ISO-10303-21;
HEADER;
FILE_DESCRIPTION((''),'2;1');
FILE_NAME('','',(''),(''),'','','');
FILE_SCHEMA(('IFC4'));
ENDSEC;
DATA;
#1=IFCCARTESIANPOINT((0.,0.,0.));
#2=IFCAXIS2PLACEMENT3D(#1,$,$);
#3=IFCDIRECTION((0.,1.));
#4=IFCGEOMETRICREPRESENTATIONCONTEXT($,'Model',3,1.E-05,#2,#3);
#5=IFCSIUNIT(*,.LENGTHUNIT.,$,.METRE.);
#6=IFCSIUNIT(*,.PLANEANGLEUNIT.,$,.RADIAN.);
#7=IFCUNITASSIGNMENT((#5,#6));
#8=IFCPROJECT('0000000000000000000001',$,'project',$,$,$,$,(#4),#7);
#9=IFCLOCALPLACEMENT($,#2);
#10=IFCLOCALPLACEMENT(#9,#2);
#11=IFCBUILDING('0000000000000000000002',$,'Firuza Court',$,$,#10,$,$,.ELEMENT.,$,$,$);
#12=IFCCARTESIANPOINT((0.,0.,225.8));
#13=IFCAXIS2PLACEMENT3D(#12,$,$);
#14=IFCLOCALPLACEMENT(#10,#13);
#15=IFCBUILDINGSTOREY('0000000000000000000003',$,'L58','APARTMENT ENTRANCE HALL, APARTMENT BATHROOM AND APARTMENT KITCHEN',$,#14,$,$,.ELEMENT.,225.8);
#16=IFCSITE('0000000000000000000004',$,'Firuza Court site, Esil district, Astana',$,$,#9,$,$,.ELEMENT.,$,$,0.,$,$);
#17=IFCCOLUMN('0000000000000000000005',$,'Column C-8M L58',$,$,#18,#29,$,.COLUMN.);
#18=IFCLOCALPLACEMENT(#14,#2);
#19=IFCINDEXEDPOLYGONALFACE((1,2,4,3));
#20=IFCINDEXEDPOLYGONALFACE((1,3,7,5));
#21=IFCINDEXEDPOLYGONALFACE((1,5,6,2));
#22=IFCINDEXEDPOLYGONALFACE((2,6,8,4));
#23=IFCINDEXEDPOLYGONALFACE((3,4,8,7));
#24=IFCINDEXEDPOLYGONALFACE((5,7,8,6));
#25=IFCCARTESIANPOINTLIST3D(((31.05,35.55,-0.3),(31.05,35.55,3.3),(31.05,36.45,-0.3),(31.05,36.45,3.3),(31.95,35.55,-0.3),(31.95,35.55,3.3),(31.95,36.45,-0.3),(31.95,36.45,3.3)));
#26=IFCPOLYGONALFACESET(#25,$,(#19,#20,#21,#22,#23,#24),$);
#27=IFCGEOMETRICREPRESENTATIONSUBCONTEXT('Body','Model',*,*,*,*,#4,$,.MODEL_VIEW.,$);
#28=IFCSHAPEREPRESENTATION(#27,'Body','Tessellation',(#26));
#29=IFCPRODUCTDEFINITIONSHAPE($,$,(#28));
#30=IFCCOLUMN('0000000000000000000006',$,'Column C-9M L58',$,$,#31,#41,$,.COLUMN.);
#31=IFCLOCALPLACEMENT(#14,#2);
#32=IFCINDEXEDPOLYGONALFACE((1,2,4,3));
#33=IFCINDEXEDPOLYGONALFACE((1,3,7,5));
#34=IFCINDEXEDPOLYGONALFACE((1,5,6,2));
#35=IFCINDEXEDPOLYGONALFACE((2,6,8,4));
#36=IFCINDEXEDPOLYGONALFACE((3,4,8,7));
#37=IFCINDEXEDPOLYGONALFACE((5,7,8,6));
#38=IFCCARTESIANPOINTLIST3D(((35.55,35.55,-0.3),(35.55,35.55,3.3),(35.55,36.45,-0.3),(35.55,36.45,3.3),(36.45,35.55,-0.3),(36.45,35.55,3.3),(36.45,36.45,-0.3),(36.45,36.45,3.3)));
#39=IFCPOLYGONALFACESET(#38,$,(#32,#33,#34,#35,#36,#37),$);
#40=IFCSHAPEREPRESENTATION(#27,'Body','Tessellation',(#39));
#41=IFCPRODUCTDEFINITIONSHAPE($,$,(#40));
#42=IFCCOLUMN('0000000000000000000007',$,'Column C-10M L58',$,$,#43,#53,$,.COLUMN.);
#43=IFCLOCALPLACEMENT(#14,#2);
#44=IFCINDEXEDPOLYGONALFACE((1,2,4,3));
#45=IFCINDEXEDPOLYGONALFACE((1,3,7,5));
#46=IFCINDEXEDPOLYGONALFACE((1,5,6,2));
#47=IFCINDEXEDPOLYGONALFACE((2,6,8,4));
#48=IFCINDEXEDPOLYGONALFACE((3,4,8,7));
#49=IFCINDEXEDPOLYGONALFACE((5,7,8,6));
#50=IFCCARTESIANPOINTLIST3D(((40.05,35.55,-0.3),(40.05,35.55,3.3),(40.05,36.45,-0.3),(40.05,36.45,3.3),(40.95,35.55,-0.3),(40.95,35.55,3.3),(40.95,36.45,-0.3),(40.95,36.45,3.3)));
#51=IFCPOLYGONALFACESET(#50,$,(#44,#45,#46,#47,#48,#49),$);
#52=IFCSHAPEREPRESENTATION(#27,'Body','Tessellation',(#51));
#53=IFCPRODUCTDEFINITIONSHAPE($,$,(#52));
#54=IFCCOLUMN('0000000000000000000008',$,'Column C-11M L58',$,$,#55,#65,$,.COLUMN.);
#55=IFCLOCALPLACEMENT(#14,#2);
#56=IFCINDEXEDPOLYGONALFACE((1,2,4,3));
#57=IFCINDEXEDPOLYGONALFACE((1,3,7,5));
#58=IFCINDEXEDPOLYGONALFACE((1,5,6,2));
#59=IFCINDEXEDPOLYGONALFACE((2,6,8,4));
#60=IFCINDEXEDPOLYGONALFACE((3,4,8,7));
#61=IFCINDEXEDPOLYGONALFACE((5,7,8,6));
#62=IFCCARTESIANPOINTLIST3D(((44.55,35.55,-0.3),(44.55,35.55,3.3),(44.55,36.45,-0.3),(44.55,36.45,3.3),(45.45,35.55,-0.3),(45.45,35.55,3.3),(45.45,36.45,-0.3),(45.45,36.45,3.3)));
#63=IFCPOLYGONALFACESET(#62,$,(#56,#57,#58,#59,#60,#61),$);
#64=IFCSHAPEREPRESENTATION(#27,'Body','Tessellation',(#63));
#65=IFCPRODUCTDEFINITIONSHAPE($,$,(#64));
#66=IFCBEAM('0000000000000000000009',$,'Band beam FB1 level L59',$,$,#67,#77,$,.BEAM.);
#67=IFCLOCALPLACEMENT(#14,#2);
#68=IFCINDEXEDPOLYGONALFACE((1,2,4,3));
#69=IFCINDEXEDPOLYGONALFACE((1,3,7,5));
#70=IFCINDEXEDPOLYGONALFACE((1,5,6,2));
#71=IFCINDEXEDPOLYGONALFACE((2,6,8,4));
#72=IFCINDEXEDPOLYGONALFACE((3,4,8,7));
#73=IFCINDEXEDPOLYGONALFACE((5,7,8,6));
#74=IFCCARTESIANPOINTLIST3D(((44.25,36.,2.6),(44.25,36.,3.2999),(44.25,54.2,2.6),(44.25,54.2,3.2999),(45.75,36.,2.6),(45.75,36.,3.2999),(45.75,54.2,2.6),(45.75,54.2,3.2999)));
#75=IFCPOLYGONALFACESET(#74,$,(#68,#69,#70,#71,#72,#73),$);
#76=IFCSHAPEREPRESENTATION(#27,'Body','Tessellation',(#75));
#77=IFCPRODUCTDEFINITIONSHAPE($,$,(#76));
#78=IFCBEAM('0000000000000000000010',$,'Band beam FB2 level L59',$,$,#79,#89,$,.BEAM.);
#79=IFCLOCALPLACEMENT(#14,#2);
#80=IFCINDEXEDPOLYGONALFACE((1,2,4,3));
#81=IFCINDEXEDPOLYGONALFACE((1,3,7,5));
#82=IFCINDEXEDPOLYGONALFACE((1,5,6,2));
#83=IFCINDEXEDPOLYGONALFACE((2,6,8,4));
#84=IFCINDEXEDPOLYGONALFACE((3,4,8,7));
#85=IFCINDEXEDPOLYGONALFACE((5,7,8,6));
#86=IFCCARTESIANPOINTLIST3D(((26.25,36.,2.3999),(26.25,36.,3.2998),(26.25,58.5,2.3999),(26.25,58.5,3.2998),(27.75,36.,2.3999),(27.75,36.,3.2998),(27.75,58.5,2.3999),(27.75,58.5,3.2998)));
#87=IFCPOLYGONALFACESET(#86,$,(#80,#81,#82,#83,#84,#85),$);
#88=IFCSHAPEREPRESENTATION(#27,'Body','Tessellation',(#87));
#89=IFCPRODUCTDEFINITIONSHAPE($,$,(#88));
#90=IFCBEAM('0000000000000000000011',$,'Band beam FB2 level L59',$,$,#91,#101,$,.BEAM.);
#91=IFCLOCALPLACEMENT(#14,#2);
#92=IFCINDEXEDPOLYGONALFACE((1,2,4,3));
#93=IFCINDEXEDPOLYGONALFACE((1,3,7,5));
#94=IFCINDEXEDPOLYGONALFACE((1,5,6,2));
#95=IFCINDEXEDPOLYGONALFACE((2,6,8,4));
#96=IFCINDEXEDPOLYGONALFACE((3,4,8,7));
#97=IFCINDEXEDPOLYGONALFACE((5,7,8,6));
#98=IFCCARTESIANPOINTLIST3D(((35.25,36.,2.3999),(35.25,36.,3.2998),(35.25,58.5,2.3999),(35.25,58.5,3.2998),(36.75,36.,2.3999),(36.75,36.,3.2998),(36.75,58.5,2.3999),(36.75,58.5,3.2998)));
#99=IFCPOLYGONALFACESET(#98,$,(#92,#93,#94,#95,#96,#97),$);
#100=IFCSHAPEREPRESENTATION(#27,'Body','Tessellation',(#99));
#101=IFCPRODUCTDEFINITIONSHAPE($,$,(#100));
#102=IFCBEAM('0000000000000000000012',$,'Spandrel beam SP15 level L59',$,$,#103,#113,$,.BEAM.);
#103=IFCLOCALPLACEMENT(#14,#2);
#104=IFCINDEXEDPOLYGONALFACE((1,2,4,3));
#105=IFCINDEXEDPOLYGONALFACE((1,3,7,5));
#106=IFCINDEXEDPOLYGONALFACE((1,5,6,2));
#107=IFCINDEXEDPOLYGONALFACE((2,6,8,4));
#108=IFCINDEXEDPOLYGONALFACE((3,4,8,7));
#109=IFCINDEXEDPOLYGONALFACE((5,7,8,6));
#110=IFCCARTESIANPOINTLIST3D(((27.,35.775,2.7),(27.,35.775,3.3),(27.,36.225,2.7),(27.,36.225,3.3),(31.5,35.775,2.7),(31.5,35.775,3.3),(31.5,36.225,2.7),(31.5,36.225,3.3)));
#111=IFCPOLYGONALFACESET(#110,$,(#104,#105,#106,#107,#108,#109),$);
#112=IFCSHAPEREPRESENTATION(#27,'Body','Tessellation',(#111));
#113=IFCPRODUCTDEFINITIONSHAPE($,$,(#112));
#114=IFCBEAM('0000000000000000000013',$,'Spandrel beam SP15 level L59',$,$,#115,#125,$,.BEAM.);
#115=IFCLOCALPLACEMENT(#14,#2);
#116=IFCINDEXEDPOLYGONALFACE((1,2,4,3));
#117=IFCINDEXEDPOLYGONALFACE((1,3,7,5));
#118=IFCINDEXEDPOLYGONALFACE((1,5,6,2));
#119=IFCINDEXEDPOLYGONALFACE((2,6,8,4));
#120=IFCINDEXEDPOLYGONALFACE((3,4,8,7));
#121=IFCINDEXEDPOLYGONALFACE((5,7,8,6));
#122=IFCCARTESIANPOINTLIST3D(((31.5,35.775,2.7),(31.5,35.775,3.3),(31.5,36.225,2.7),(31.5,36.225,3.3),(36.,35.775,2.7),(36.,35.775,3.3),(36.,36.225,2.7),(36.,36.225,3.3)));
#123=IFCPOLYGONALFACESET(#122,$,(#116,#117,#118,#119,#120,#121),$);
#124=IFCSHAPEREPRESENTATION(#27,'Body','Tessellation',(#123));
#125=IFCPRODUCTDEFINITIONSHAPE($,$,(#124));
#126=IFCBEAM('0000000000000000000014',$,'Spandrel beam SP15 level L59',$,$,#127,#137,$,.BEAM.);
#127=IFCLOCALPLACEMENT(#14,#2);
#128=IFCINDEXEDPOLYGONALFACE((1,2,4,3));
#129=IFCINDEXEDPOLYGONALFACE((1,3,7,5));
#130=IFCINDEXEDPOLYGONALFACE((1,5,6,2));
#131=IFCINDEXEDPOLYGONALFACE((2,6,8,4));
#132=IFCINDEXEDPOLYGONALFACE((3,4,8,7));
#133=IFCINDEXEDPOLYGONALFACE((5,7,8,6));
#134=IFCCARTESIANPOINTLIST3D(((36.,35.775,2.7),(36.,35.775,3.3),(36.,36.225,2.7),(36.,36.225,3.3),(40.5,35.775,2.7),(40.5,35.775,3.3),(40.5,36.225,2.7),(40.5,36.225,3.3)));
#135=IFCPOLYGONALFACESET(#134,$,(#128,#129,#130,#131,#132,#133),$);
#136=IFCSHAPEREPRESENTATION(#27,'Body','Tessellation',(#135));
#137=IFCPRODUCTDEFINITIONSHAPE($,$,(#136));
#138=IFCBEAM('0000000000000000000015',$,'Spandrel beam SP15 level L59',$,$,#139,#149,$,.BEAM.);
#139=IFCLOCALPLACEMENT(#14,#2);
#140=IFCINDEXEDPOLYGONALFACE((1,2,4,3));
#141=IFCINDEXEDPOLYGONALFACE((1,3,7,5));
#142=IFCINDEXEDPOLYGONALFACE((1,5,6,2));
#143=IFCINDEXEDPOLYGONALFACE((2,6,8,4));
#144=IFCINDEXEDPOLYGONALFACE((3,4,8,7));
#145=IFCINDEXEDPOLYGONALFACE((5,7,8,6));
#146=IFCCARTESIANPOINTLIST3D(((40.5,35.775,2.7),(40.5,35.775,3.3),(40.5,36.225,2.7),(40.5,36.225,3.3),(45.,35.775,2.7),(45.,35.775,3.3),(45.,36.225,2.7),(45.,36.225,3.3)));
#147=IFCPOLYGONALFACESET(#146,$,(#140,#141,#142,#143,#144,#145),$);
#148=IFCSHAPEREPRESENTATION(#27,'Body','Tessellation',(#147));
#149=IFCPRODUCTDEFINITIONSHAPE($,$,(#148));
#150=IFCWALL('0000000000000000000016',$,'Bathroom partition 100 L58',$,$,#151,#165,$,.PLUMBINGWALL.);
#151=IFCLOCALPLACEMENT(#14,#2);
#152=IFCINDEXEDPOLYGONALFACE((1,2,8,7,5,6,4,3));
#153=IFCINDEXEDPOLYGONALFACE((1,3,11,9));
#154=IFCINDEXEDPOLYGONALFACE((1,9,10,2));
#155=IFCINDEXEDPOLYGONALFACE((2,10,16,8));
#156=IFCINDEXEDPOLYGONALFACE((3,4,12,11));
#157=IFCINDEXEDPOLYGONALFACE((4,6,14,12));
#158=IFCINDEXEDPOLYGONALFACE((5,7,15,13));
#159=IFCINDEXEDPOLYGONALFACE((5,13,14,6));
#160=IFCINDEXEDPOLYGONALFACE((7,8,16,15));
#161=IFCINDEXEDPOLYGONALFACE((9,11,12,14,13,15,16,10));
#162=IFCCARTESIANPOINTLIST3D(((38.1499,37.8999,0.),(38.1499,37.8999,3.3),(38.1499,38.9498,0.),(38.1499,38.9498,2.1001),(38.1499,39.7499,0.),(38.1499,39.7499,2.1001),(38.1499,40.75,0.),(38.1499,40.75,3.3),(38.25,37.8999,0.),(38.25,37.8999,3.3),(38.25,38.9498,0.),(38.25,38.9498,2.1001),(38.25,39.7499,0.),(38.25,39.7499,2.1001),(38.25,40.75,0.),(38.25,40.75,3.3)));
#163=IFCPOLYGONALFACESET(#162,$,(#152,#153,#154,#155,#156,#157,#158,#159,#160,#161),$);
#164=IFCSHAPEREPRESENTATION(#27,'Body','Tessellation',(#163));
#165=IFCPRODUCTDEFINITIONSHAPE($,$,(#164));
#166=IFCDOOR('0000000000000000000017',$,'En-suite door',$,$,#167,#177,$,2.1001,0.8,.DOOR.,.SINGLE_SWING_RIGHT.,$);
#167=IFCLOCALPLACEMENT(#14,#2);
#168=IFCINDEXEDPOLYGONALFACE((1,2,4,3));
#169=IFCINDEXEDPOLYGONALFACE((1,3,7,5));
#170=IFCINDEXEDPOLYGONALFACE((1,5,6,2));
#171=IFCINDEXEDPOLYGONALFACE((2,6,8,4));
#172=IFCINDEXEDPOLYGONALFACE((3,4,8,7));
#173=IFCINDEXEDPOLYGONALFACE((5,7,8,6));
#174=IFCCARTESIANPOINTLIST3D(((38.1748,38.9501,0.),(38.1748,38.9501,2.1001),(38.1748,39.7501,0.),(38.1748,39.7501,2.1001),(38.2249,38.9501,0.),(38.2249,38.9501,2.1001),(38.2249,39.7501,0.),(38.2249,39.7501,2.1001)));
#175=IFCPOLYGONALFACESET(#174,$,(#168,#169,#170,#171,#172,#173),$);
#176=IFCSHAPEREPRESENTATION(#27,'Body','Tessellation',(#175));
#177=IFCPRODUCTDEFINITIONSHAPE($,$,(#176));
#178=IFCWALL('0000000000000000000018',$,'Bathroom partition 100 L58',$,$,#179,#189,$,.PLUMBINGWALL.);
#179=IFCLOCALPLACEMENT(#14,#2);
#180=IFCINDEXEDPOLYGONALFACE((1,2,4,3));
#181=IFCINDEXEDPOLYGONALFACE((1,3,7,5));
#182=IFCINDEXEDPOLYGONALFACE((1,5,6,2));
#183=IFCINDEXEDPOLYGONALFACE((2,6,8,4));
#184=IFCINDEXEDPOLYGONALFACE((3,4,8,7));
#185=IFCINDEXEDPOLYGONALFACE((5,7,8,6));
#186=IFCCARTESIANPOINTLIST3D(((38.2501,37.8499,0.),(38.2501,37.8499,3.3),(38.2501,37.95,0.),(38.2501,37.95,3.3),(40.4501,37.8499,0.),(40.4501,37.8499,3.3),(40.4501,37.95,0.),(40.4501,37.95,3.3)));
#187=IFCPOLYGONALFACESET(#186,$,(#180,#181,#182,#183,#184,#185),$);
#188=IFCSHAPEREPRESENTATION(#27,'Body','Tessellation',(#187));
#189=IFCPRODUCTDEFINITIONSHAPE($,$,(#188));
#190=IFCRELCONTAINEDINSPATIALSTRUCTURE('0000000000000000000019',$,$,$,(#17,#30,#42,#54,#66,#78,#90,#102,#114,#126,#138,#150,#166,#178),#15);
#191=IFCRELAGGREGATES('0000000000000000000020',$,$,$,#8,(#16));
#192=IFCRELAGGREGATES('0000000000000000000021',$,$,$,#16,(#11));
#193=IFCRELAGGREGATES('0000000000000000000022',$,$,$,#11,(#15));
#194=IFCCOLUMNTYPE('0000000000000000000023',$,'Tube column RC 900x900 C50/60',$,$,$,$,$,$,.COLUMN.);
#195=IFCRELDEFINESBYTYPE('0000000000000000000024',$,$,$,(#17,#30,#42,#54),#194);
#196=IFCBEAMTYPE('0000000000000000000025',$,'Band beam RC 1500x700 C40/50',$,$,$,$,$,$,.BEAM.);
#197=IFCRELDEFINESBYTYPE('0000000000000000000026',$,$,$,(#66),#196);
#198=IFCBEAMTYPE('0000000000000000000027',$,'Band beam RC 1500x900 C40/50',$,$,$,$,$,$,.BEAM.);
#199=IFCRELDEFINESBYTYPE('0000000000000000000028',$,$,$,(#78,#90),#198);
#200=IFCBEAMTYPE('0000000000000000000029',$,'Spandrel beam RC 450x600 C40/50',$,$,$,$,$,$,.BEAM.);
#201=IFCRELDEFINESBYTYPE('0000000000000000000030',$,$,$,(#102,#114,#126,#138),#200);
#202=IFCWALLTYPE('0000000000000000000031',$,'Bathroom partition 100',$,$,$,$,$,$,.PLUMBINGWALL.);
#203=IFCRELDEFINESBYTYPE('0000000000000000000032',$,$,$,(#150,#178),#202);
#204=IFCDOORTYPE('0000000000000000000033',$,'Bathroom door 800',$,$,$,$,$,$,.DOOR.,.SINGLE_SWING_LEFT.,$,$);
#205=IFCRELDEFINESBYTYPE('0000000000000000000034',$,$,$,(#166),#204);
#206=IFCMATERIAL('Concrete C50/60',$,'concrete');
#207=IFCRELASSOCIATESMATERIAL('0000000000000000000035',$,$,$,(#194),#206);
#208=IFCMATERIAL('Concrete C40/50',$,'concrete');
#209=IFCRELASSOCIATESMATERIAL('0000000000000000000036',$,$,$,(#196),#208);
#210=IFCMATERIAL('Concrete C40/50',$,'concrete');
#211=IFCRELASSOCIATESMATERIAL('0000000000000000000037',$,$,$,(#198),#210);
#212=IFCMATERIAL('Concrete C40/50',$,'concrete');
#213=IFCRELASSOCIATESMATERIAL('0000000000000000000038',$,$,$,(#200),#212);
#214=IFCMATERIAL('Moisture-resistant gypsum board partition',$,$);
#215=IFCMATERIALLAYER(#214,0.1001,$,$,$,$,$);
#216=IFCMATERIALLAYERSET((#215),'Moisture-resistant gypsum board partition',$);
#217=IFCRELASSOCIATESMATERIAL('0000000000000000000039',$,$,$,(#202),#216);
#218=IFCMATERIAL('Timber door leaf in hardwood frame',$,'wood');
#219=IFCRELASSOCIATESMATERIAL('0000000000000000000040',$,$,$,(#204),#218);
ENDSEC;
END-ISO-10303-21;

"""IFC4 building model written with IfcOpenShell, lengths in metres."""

from ifc_helpers import new_model, si_unit, direction, frame, frame_2d, origin, origin_2d, place, context, subcontext, project, spatial, rectangle, extrude, material, layer, layer_set, material_profile, profile_set, type_object, element, fill, save


model = new_model("IFC4")

# Units and contexts
model_context = context("Model", 3, precision=1e-05, world=origin(), true_north=direction((0.0, 1.0)))
body_context = subcontext(model_context, "Body", "Model", "MODEL_VIEW")
ifc_project = project(units=[si_unit("LENGTHUNIT", "METRE"), si_unit("PLANEANGLEUNIT", "RADIAN")], contexts=[model_context])

# Site, building, storey
site_placement = place(None, origin())
site = spatial("IfcSite", under=ifc_project, at=site_placement, Name="Firuza Court site, Esil district, Astana", CompositionType="ELEMENT", RefElevation=0.0)
building_placement = place(site_placement, origin())
building = spatial("IfcBuilding", under=site, at=building_placement, Name="Firuza Court", CompositionType="ELEMENT")
storey_placement = place(building_placement, frame((0.0, 0.0, 225.8)))
storey = spatial("IfcBuildingStorey", under=building, at=storey_placement, Name="L58", Description="APARTMENT ENTRANCE HALL, APARTMENT BATHROOM AND APARTMENT KITCHEN", CompositionType="ELEMENT", Elevation=225.8)

# Columns
ifc_material_1 = material(Name="Concrete C50/60", Category="concrete")
ifc_material_profile_1 = material_profile(ifc_material_1, rectangle(XDim=0.8999, YDim=0.8999, at=origin_2d()), Name="RC 900x900")
ifc_profile_set_1 = profile_set([ifc_material_profile_1], Name="Concrete C50/60")
column_type = type_object("IfcColumnType", Name="Tube column RC 900x900 C50/60", PredefinedType="COLUMN", material=ifc_profile_set_1)
for number, where, z_axis, x_axis, name in (
    (1, (31.5, 36.0, -0.3), (0.0, 0.0, 1.0), (1.0, 0.0, 0.0), "Column C-8M L58"),
    (2, (36.0, 36.0, -0.3), (0.0, 0.0, 1.0), (1.0, 0.0, 0.0), "Column C-9M L58"),
    (3, (40.5, 36.0, -0.3), (0.0, 0.0, 1.0), (1.0, 0.0, 0.0), "Column C-10M L58"),
    (4, (45.0, 36.0, -0.3), (0.0, 0.0, 1.0), (1.0, 0.0, 0.0), "Column C-11M L58"),
):
    element("IfcColumn", number, at=place(storey_placement, frame(where, z_axis=z_axis, x_axis=x_axis)), inside=storey, type_object=column_type, Name=name, PredefinedType="COLUMN", context=body_context, shape_type="SweptSolid", body=[
        extrude(rectangle(XDim=0.8999, YDim=0.8999, at=origin_2d()), origin(), (0.0, 0.0, 1.0), 3.6001),
    ])

# Beams
ifc_material_2 = material(Name="Concrete C40/50", Category="concrete")
ifc_material_profile_2 = material_profile(ifc_material_2, rectangle(XDim=1.5, YDim=0.7, at=origin_2d()), Name="RC 1500x700")
ifc_profile_set_2 = profile_set([ifc_material_profile_2], Name="Concrete C40/50")
beam_type_1 = type_object("IfcBeamType", Name="Band beam RC 1500x700 C40/50", PredefinedType="BEAM", material=ifc_profile_set_2)
beam_placement = place(storey_placement, frame((45.0, 36.0, 2.95), z_axis=(0.0, 1.0, 0.0), x_axis=(-1.0, 0.0, 0.0)))
element("IfcBeam", 5, at=beam_placement, inside=storey, type_object=beam_type_1, Name="Band beam FB1 level L59", PredefinedType="BEAM", context=body_context, shape_type="SweptSolid", body=[
    extrude(rectangle(XDim=1.5, YDim=0.7, at=origin_2d()), origin(), (0.0, 0.0, 1.0), 18.2),
])
ifc_material_3 = material(Name="Concrete C40/50", Category="concrete")
ifc_material_profile_3 = material_profile(ifc_material_3, rectangle(XDim=1.5, YDim=0.8999, at=origin_2d()), Name="RC 1500x900")
ifc_profile_set_3 = profile_set([ifc_material_profile_3], Name="Concrete C40/50")
beam_type_2 = type_object("IfcBeamType", Name="Band beam RC 1500x900 C40/50", PredefinedType="BEAM", material=ifc_profile_set_3)
for number, where, z_axis, x_axis, name in (
    (6, (27.0, 36.0, 2.8499), (0.0, 1.0, 0.0), (-1.0, 0.0, 0.0), "Band beam FB2 level L59"),
    (7, (36.0, 36.0, 2.8499), (0.0, 1.0, 0.0), (-1.0, 0.0, 0.0), "Band beam FB2 level L59"),
):
    element("IfcBeam", number, at=place(storey_placement, frame(where, z_axis=z_axis, x_axis=x_axis)), inside=storey, type_object=beam_type_2, Name=name, PredefinedType="BEAM", context=body_context, shape_type="SweptSolid", body=[
        extrude(rectangle(XDim=1.5, YDim=0.8999, at=origin_2d()), origin(), (0.0, 0.0, 1.0), 22.5),
    ])
ifc_material_4 = material(Name="Concrete C40/50", Category="concrete")
ifc_material_profile_4 = material_profile(ifc_material_4, rectangle(XDim=0.45, YDim=0.6001, at=origin_2d()), Name="RC 450x600")
ifc_profile_set_4 = profile_set([ifc_material_profile_4], Name="Concrete C40/50")
beam_type_3 = type_object("IfcBeamType", Name="Spandrel beam RC 450x600 C40/50", PredefinedType="BEAM", material=ifc_profile_set_4)
for number, where, z_axis, x_axis, name in (
    (8, (27.0, 36.0, 3.0), (1.0, 0.0, 0.0), (0.0, 1.0, 0.0), "Spandrel beam SP15 level L59"),
    (9, (31.5, 36.0, 3.0), (1.0, 0.0, 0.0), (0.0, 1.0, 0.0), "Spandrel beam SP15 level L59"),
    (10, (36.0, 36.0, 3.0), (1.0, 0.0, 0.0), (0.0, 1.0, 0.0), "Spandrel beam SP15 level L59"),
    (11, (40.5, 36.0, 3.0), (1.0, 0.0, 0.0), (0.0, 1.0, 0.0), "Spandrel beam SP15 level L59"),
):
    element("IfcBeam", number, at=place(storey_placement, frame(where, z_axis=z_axis, x_axis=x_axis)), inside=storey, type_object=beam_type_3, Name=name, PredefinedType="BEAM", context=body_context, shape_type="SweptSolid", body=[
        extrude(rectangle(XDim=0.45, YDim=0.6001, at=origin_2d()), origin(), (0.0, 0.0, 1.0), 4.5),
    ])

# Wall, opening, door
ifc_material_5 = material(Name="Moisture-resistant gypsum board partition")
ifc_layer_1 = layer(ifc_material_5, 0.1001)
ifc_layer_set_1 = layer_set([ifc_layer_1], Name="Moisture-resistant gypsum board partition")
wall_type_1 = type_object("IfcWallType", Name="Bathroom partition 100", PredefinedType="PLUMBINGWALL", material=ifc_layer_set_1)
wall_1_placement = place(storey_placement, frame((38.2, 37.8999, 0.0), z_axis=(0.0, 0.0, 1.0), x_axis=(0.0, 1.0, 0.0)))
wall_1 = element("IfcWall", 12, at=wall_1_placement, inside=storey, type_object=wall_type_1, Name="Bathroom partition 100 L58", PredefinedType="PLUMBINGWALL", context=body_context, shape_type="SweptSolid", body=[
    extrude(rectangle(XDim=2.8501, YDim=0.1001, at=frame_2d((1.425, 0.0))), origin(), (0.0, 0.0, 1.0), 3.3),
])
opening_placement = place(wall_1_placement, frame((1.05, 0.0, 0.0)))
opening = element("IfcOpeningElement", 13, at=opening_placement, cuts=wall_1, PredefinedType="OPENING", context=body_context, shape_type="SweptSolid", body=[
    extrude(rectangle(XDim=0.8, YDim=2.1001, at=frame_2d((0.3999, 1.05))), frame((0.0, 0.062, 0.0), z_axis=(0.0, -1.0, 0.0), x_axis=(1.0, 0.0, 0.0)), (0.0, 0.0, 1.0), 0.124),
])
ifc_material_6 = material(Name="Timber door leaf in hardwood frame", Category="wood")
door_type = type_object("IfcDoorType", Name="Bathroom door 800", OperationType="SINGLE_SWING_LEFT", PredefinedType="DOOR", material=ifc_material_6)
door_placement = place(opening_placement, frame((0.8, 0.0, 0.0), z_axis=(0.0, 0.0, 1.0), x_axis=(-1.0, 0.0, 0.0)))
door = element("IfcDoor", 14, at=door_placement, inside=storey, type_object=door_type, Name="En-suite door", OperationType="SINGLE_SWING_RIGHT", OverallHeight=2.1001, OverallWidth=0.8, PredefinedType="DOOR", context=body_context, shape_type="SweptSolid", body=[
    extrude(rectangle(XDim=0.8, YDim=2.1001, at=frame_2d((0.3999, 1.05))), frame((0.0, 0.0249, 0.0), z_axis=(0.0, -1.0, 0.0), x_axis=(1.0, 0.0, 0.0)), (0.0, 0.0, 1.0), 0.05),
])
fill(opening, door)

# Wall
wall_2_placement = place(storey_placement, frame((38.25, 37.8999, 0.0), z_axis=(0.0, 0.0, 1.0), x_axis=(1.0, 0.0, 0.0)))
element("IfcWall", 15, at=wall_2_placement, inside=storey, type_object=wall_type_1, Name="Bathroom partition 100 L58", PredefinedType="PLUMBINGWALL", context=body_context, shape_type="SweptSolid", body=[
    extrude(rectangle(XDim=2.2, YDim=0.1001, at=frame_2d((1.1001, 0.0))), origin(), (0.0, 0.0, 1.0), 3.3),
])

save(model, "model.ifc")
